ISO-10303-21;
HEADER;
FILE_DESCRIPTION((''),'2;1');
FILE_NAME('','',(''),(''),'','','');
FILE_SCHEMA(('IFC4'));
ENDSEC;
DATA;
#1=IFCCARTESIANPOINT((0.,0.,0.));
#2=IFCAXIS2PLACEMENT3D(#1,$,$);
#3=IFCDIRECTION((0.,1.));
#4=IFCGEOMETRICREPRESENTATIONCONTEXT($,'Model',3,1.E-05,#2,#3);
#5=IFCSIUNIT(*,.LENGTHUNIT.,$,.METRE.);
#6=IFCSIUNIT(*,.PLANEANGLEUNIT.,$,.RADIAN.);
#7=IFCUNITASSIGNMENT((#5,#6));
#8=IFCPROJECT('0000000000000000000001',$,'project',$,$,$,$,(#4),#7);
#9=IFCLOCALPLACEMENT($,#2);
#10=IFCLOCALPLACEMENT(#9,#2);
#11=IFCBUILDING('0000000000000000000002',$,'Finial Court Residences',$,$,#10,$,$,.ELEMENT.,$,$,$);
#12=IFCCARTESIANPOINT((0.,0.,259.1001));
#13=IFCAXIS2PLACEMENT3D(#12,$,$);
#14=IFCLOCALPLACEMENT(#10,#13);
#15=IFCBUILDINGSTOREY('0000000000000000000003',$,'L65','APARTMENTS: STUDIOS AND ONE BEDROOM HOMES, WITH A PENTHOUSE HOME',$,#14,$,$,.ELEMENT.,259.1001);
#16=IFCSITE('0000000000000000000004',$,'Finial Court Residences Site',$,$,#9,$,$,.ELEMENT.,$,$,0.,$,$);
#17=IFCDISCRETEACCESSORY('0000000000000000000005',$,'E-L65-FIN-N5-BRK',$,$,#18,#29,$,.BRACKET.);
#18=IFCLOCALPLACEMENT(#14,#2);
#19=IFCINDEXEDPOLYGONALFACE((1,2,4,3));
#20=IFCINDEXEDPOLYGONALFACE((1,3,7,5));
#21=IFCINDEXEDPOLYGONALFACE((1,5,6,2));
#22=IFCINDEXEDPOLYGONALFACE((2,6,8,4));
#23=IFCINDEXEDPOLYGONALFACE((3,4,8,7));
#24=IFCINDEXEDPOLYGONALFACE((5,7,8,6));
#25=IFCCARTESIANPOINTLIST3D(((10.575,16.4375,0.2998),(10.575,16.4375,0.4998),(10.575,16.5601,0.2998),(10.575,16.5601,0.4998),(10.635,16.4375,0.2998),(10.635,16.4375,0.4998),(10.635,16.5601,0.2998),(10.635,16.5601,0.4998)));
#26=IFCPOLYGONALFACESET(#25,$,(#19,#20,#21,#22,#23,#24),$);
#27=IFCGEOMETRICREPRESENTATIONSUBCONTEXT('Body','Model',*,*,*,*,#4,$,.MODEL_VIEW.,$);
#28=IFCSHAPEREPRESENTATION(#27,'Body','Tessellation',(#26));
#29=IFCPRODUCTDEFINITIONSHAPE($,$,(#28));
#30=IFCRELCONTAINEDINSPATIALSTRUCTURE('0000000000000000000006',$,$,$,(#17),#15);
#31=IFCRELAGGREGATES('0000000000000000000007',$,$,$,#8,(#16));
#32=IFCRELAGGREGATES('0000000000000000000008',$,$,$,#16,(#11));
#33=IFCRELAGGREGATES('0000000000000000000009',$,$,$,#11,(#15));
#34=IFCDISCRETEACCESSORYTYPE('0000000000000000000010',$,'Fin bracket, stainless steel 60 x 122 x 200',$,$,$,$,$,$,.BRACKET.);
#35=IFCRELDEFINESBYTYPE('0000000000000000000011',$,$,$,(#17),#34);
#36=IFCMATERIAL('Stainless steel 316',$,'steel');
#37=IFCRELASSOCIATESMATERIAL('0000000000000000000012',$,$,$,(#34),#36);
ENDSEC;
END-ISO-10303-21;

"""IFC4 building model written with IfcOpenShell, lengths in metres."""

from ifc_helpers import new_model, si_unit, direction, frame, origin, origin_2d, place, context, subcontext, project, spatial, rectangle, extrude, material, type_object, element, save


model = new_model("IFC4")

# Units and contexts
model_context = context("Model", 3, precision=1e-05, world=origin(), true_north=direction((0.0, 1.0)))
body_context = subcontext(model_context, "Body", "Model", "MODEL_VIEW")
ifc_project = project(units=[si_unit("LENGTHUNIT", "METRE"), si_unit("PLANEANGLEUNIT", "RADIAN")], contexts=[model_context])

# Site, building, storey
site_placement = place(None, origin())
site = spatial("IfcSite", under=ifc_project, at=site_placement, Name="Finial Court Residences Site", CompositionType="ELEMENT", RefElevation=0.0)
building_placement = place(site_placement, origin())
building = spatial("IfcBuilding", under=site, at=building_placement, Name="Finial Court Residences", CompositionType="ELEMENT")
storey_placement = place(building_placement, frame((0.0, 0.0, 259.1001)))
storey = spatial("IfcBuildingStorey", under=building, at=storey_placement, Name="L65", Description="APARTMENTS: STUDIOS AND ONE BEDROOM HOMES, WITH A PENTHOUSE HOME", CompositionType="ELEMENT", Elevation=259.1001)

# Discrete accessory
ifc_material_1 = material(Name="Stainless steel 316", Category="steel")
discrete_accessory_type = type_object("IfcDiscreteAccessoryType", Name="Fin bracket, stainless steel 60 x 122 x 200", PredefinedType="BRACKET", material=ifc_material_1)
discrete_accessory_placement = place(storey_placement, frame((10.605, 16.4988, 0.2998), z_axis=(0.0, 0.0, 1.0), x_axis=(1.0, 0.0, 0.0)))
element("IfcDiscreteAccessory", 1, at=discrete_accessory_placement, inside=storey, type_object=discrete_accessory_type, Name="E-L65-FIN-N5-BRK", PredefinedType="BRACKET", context=body_context, shape_type="SweptSolid", body=[
    extrude(rectangle(XDim=0.0601, YDim=0.1226, at=origin_2d()), origin(), (0.0, 0.0, 1.0), 0.2),
])

save(model, "model.ifc")
